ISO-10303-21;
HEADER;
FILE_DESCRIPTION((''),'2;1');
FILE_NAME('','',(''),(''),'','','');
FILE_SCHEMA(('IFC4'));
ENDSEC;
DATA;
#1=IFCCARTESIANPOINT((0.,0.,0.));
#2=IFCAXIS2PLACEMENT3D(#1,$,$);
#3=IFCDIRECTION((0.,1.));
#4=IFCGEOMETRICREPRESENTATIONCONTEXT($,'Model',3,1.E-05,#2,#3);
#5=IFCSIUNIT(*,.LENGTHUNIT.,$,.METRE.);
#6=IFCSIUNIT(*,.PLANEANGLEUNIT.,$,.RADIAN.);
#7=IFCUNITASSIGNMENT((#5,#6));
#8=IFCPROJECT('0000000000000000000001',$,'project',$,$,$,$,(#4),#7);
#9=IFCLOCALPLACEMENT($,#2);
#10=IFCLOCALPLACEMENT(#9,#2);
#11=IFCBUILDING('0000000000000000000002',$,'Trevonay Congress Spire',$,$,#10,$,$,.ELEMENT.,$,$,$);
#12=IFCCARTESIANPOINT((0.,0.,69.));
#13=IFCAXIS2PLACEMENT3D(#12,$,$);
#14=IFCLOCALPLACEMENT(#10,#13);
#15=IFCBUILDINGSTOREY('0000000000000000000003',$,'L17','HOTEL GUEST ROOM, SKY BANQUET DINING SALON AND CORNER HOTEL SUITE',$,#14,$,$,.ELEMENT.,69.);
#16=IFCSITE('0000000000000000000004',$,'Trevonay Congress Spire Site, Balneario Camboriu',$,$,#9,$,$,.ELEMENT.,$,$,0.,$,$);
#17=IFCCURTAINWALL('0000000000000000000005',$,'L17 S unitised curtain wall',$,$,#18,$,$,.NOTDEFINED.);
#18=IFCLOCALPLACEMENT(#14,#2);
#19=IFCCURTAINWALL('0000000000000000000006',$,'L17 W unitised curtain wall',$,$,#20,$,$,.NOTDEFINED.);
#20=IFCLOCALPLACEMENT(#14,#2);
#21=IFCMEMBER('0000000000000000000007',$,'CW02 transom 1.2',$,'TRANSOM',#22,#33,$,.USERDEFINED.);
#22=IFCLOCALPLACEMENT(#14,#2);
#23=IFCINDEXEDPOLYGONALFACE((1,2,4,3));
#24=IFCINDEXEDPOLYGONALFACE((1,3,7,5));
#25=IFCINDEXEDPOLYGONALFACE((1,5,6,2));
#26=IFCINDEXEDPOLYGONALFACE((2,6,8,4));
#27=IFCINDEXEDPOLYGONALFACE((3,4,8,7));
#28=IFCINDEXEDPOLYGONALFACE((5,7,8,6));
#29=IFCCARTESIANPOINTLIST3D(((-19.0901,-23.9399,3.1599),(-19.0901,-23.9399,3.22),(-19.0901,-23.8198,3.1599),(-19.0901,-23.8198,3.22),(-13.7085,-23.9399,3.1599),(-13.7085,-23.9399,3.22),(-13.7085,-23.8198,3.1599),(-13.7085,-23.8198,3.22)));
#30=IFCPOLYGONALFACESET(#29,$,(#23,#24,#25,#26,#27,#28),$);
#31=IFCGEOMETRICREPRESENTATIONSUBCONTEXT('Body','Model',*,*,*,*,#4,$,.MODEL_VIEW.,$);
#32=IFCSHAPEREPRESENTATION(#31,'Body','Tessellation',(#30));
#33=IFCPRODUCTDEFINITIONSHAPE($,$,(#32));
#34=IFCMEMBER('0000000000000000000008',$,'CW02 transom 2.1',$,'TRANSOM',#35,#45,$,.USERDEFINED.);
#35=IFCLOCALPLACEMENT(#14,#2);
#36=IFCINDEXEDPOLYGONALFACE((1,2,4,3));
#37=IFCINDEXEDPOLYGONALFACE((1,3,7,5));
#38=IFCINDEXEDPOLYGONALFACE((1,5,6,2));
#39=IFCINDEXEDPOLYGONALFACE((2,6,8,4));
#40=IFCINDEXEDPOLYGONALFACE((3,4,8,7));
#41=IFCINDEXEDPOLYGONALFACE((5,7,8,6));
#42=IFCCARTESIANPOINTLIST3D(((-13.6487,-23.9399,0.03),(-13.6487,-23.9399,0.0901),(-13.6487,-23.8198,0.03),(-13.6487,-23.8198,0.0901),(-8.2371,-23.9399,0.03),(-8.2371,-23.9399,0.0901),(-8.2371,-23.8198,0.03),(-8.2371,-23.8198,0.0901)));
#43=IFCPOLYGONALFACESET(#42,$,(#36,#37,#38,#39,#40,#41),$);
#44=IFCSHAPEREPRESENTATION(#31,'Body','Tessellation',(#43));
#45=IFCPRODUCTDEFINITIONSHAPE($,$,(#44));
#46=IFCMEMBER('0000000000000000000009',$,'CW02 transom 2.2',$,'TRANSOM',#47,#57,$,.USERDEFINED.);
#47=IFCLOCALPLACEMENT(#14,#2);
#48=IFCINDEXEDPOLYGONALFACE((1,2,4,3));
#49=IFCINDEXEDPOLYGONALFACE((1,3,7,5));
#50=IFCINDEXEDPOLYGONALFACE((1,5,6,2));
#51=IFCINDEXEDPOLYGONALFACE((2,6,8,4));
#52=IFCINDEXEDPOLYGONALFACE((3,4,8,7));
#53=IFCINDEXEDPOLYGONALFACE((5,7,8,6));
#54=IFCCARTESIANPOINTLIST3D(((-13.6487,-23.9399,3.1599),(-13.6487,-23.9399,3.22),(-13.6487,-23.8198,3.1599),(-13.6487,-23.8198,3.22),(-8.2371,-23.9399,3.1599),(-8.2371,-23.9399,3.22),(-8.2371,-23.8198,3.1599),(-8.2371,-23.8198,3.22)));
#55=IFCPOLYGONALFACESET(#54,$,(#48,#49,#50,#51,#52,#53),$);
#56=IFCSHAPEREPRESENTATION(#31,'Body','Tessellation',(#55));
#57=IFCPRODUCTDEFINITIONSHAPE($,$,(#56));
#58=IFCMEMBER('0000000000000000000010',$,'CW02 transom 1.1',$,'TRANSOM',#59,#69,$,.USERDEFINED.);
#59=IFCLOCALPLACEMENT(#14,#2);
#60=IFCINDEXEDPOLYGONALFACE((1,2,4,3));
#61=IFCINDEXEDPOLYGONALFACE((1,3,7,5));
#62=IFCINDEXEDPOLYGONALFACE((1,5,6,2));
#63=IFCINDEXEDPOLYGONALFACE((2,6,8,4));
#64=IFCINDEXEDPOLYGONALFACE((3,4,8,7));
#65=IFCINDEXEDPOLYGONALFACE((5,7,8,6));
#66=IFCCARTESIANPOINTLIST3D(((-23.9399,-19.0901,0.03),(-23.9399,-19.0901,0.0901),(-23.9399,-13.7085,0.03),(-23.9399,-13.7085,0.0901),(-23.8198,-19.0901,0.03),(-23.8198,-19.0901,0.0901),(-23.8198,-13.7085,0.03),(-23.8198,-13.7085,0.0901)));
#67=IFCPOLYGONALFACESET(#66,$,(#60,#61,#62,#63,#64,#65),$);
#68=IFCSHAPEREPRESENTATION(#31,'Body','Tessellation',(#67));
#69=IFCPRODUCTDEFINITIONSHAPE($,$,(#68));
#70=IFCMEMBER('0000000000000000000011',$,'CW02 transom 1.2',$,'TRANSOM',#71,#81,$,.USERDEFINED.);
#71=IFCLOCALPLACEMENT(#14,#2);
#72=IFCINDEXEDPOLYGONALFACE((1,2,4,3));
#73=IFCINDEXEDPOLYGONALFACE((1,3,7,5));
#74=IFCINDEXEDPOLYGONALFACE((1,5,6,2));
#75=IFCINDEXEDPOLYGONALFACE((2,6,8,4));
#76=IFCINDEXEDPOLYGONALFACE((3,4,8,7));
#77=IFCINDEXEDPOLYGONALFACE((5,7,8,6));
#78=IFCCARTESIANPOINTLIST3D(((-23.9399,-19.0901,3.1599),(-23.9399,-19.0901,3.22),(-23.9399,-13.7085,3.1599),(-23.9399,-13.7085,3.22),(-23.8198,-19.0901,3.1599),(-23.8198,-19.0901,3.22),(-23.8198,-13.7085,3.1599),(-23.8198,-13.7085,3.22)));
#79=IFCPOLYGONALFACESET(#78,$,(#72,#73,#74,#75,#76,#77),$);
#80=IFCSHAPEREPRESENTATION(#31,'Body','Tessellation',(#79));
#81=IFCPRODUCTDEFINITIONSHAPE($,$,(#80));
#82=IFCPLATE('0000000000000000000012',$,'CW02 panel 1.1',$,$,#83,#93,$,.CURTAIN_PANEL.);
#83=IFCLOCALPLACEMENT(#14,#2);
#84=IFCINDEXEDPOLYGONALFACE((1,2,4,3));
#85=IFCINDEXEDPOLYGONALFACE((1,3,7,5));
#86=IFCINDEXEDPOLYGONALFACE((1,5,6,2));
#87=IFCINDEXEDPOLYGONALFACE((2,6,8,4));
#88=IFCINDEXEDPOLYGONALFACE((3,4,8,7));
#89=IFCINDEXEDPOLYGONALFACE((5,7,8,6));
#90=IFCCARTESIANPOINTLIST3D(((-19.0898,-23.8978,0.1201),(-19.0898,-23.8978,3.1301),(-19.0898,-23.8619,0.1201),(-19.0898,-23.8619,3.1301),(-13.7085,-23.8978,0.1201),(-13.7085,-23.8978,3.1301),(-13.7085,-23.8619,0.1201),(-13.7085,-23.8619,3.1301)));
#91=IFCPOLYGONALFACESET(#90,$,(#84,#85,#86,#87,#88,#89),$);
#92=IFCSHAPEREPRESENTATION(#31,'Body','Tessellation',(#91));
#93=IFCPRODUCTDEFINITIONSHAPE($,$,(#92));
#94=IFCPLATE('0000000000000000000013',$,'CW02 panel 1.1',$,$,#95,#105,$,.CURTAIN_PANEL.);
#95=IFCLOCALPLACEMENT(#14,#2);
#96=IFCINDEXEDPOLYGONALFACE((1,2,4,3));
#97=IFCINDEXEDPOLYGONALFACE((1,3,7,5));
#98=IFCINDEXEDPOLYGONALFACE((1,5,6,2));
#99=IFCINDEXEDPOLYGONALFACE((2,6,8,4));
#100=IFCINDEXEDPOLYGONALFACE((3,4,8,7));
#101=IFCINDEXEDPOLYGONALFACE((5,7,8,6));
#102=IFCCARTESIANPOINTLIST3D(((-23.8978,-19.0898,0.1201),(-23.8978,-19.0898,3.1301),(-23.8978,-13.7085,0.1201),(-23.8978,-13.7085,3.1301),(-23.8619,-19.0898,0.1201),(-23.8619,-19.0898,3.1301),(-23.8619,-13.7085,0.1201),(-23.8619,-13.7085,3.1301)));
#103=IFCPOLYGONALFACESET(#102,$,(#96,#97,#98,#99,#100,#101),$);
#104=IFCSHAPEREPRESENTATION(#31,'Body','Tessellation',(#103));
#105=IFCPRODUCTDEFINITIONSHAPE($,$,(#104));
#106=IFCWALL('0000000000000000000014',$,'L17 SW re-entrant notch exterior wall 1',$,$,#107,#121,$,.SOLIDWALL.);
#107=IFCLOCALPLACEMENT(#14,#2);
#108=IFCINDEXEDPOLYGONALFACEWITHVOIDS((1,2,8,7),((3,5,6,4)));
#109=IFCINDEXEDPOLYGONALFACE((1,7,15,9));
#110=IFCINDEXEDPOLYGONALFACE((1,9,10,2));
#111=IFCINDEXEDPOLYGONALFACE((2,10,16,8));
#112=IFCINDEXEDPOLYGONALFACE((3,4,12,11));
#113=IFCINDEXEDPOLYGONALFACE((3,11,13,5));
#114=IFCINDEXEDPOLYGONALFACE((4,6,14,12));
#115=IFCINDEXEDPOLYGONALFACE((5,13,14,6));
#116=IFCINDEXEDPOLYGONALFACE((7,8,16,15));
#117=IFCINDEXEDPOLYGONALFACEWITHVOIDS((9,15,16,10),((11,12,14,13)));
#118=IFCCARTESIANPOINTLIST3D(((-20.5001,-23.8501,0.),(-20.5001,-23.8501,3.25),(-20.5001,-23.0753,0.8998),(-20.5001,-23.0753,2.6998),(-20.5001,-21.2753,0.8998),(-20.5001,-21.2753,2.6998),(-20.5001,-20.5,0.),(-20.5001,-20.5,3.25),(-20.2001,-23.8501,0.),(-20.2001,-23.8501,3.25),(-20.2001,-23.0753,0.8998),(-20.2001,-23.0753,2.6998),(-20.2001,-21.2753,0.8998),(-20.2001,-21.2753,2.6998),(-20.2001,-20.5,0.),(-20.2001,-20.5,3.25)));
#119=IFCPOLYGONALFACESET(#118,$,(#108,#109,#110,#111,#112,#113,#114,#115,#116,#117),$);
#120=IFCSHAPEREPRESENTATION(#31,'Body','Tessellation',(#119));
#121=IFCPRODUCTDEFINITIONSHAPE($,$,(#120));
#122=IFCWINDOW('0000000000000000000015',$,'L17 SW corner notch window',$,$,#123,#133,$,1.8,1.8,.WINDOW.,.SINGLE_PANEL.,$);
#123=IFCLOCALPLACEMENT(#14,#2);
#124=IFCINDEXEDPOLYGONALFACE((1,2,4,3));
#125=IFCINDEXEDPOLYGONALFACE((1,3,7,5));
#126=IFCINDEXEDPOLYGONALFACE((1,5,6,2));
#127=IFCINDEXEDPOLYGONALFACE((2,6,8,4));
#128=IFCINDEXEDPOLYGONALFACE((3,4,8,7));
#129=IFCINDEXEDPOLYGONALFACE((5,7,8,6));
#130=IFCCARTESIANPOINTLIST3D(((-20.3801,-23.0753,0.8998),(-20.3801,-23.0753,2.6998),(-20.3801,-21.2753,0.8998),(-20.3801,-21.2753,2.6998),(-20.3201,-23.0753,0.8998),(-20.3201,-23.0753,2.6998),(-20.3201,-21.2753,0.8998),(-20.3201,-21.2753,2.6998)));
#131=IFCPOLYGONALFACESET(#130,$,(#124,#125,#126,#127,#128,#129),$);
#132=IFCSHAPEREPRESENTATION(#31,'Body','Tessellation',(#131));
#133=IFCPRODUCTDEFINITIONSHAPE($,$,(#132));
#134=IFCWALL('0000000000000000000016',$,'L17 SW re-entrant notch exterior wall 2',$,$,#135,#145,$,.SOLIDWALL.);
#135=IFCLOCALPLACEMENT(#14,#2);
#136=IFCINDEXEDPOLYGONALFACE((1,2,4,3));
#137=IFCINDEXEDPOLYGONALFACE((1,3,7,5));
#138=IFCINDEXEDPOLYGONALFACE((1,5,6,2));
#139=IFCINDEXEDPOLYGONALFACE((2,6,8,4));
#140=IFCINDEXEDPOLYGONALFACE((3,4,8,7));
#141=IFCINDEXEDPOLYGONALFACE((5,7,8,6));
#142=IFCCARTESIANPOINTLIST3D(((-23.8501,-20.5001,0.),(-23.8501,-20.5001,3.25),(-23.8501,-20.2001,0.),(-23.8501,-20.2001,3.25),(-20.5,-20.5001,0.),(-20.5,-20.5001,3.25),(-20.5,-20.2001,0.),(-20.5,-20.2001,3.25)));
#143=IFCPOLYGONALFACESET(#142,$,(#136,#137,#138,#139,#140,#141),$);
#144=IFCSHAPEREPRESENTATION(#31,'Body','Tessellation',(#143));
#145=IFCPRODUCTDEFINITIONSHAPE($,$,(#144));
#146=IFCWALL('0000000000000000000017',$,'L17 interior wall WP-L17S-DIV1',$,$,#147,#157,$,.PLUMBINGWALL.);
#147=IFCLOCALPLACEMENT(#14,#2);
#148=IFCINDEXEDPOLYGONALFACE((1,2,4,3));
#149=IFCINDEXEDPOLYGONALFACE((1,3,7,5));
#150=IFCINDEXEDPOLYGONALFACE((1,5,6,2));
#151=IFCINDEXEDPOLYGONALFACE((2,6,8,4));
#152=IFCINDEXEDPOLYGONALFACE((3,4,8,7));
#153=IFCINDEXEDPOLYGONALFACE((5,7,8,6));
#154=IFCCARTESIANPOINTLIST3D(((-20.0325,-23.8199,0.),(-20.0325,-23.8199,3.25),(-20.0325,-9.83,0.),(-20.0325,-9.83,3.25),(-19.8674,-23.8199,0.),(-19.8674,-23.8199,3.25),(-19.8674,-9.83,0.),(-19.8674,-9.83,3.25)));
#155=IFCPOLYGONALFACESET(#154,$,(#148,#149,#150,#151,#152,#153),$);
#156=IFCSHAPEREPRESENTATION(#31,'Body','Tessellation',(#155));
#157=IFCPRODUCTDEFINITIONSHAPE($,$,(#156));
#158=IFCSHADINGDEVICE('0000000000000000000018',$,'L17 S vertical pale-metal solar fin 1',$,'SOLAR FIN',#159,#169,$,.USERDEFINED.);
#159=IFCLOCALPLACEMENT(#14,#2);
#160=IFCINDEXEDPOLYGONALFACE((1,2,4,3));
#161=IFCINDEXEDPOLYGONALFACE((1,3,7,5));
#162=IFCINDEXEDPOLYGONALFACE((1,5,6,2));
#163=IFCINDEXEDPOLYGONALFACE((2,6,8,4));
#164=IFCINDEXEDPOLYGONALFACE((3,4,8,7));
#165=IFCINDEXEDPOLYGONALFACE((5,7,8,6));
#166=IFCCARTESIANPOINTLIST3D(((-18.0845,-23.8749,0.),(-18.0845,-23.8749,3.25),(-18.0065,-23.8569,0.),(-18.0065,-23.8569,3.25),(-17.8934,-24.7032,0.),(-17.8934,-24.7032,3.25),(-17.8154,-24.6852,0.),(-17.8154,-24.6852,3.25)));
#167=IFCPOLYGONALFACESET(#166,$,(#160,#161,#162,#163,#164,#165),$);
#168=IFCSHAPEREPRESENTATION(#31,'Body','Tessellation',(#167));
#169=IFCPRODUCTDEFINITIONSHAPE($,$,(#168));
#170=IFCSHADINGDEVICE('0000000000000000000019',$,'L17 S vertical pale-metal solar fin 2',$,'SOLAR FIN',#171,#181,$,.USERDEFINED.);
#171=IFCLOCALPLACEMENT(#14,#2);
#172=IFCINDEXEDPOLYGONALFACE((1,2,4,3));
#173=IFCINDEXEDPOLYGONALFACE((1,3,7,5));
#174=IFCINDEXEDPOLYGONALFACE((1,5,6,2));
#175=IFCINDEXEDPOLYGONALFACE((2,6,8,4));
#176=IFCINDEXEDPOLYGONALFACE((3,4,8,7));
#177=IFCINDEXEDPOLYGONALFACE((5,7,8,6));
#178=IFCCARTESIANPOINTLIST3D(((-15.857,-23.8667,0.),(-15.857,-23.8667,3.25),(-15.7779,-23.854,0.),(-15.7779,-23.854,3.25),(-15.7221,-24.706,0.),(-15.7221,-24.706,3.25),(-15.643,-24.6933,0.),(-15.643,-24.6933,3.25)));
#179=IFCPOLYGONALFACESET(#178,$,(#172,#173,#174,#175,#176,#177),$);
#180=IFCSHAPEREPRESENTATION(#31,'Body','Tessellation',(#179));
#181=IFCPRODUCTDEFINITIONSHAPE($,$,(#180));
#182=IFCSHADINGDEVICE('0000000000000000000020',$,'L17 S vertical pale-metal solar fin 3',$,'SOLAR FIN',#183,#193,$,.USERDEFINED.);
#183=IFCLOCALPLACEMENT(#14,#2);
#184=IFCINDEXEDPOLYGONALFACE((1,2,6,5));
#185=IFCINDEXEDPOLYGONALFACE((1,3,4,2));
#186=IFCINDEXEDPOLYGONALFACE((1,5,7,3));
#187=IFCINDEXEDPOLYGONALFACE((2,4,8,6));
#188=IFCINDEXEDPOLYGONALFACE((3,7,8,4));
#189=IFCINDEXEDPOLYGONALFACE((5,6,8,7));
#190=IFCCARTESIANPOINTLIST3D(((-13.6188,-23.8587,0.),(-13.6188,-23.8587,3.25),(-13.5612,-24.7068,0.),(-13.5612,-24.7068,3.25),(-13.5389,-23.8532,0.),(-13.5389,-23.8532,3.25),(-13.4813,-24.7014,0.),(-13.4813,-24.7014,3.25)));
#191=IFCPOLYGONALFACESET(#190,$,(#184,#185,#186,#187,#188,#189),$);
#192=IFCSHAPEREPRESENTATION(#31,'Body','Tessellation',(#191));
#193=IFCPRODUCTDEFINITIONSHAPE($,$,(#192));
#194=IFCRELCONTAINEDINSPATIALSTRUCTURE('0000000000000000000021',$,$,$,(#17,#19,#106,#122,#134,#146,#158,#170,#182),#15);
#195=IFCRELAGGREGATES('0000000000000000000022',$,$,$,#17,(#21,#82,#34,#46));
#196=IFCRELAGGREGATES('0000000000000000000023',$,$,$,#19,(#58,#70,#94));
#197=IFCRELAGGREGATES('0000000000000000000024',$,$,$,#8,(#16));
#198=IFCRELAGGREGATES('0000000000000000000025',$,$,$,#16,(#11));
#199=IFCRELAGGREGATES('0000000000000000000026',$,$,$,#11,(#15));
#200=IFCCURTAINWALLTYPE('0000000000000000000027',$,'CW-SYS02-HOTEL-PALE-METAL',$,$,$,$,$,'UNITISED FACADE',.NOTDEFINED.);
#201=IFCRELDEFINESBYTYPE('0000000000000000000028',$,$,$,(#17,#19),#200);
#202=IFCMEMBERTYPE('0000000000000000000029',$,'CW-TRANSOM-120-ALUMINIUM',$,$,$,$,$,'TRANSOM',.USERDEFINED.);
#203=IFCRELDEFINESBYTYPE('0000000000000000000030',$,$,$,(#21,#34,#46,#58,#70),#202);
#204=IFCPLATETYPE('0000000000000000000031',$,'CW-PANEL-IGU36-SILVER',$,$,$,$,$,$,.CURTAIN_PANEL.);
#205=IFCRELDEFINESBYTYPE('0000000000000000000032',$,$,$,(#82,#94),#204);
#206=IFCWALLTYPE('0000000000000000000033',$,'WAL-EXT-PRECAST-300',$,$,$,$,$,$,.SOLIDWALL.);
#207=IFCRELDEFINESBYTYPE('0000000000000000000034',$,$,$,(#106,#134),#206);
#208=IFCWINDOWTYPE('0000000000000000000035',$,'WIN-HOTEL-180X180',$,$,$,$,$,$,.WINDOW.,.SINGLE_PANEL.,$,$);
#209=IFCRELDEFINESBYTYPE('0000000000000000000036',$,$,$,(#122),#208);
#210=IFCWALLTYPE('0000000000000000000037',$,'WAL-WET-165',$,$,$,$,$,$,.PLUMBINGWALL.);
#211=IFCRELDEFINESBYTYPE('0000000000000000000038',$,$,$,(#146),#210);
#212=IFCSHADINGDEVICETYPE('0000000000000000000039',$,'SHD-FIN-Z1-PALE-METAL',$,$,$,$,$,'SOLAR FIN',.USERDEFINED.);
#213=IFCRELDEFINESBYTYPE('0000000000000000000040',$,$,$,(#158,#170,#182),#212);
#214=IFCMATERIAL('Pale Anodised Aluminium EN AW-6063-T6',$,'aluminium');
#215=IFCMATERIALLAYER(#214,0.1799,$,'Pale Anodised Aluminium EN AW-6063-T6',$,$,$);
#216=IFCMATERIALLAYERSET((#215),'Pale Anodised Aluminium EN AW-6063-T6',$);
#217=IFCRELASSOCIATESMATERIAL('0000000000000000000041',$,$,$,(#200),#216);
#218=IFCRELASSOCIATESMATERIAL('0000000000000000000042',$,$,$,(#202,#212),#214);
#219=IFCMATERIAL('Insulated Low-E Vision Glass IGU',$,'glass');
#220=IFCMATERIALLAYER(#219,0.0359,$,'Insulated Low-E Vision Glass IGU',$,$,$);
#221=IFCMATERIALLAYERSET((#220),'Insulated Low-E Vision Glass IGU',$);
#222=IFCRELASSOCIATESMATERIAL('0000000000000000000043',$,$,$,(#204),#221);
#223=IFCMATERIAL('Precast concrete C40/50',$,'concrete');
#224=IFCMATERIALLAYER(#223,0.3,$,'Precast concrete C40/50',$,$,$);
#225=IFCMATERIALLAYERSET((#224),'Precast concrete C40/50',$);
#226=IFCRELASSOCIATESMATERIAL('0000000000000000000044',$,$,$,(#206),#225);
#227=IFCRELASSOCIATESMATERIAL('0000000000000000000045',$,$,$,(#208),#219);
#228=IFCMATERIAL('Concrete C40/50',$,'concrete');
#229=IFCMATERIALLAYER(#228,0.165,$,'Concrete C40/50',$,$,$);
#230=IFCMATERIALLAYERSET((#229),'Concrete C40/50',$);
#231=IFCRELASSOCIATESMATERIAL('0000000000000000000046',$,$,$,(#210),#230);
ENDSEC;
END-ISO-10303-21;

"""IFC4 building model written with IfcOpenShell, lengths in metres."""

from ifc_helpers import new_model, si_unit, direction, frame, frame_2d, origin, origin_2d, place, context, subcontext, project, spatial, rectangle, extrude, material, layer, layer_set, material_profile, profile_set, type_object, element, fill, aggregate, save


model = new_model("IFC4")

# Units and contexts
model_context = context("Model", 3, precision=1e-05, world=origin(), true_north=direction((0.0, 1.0)))
body_context = subcontext(model_context, "Body", "Model", "MODEL_VIEW")
ifc_project = project(units=[si_unit("LENGTHUNIT", "METRE"), si_unit("PLANEANGLEUNIT", "RADIAN")], contexts=[model_context])

# Site, building, storey
site_placement = place(None, origin())
site = spatial("IfcSite", under=ifc_project, at=site_placement, Name="Trevonay Congress Spire Site, Balneario Camboriu", CompositionType="ELEMENT", RefElevation=0.0)
building_placement = place(site_placement, origin())
building = spatial("IfcBuilding", under=site, at=building_placement, Name="Trevonay Congress Spire", CompositionType="ELEMENT")
storey_placement = place(building_placement, frame((0.0, 0.0, 69.0)))
storey = spatial("IfcBuildingStorey", under=building, at=storey_placement, Name="L17", Description="HOTEL GUEST ROOM, SKY BANQUET DINING SALON AND CORNER HOTEL SUITE", CompositionType="ELEMENT", Elevation=69.0)

# Curtain wall
ifc_material_1 = material(Name="Pale Anodised Aluminium EN AW-6063-T6", Category="aluminium")
ifc_layer_1 = layer(ifc_material_1, 0.1799, Name="Pale Anodised Aluminium EN AW-6063-T6")
ifc_layer_set_1 = layer_set([ifc_layer_1], Name="Pale Anodised Aluminium EN AW-6063-T6")
curtain_wall_type = type_object("IfcCurtainWallType", Name="CW-SYS02-HOTEL-PALE-METAL", ElementType="UNITISED FACADE", PredefinedType="NOTDEFINED", material=ifc_layer_set_1)
curtain_wall_1_placement = place(storey_placement, origin())
curtain_wall_1 = element("IfcCurtainWall", 1, at=curtain_wall_1_placement, inside=storey, type_object=curtain_wall_type, Name="L17 S unitised curtain wall", PredefinedType="NOTDEFINED")

# Curtain wall
curtain_wall_2_placement = place(storey_placement, origin())
curtain_wall_2 = element("IfcCurtainWall", 2, at=curtain_wall_2_placement, inside=storey, type_object=curtain_wall_type, Name="L17 W unitised curtain wall", PredefinedType="NOTDEFINED")

# Members
ifc_material_profile_1 = material_profile(ifc_material_1, rectangle(XDim=0.1201, YDim=0.0601, at=origin_2d()), Name="CW-TRANSOM-120-ALUMINIUM")
ifc_profile_set_1 = profile_set([ifc_material_profile_1], Name="Pale Anodised Aluminium EN AW-6063-T6")
member_type_1 = type_object("IfcMemberType", Name="CW-TRANSOM-120-ALUMINIUM", ElementType="TRANSOM", PredefinedType="USERDEFINED", material=ifc_profile_set_1)
member_1_placement = place(storey_placement, frame((-19.0901, -23.8799, 3.1899), z_axis=(1.0, 0.0, 0.0), x_axis=(0.0, 1.0, 0.0)))
member_1 = element("IfcMember", 3, at=member_1_placement, type_object=member_type_1, Name="CW02 transom 1.2", ObjectType="TRANSOM", PredefinedType="USERDEFINED", context=body_context, shape_type="SweptSolid", body=[
    extrude(rectangle(XDim=0.1201, YDim=0.0601, at=origin_2d()), origin(), (0.0, 0.0, 1.0), 5.3816),
])
member_2_placement = place(storey_placement, frame((-13.6487, -23.8799, 0.0601), z_axis=(1.0, 0.0, 0.0), x_axis=(0.0, 1.0, 0.0)))
member_2 = element("IfcMember", 4, at=member_2_placement, type_object=member_type_1, Name="CW02 transom 2.1", ObjectType="TRANSOM", PredefinedType="USERDEFINED", context=body_context, shape_type="SweptSolid", body=[
    extrude(rectangle(XDim=0.1201, YDim=0.0601, at=origin_2d()), origin(), (0.0, 0.0, 1.0), 5.4116),
])
member_3_placement = place(storey_placement, frame((-13.6487, -23.8799, 3.1899), z_axis=(1.0, 0.0, 0.0), x_axis=(0.0, 1.0, 0.0)))
member_3 = element("IfcMember", 5, at=member_3_placement, type_object=member_type_1, Name="CW02 transom 2.2", ObjectType="TRANSOM", PredefinedType="USERDEFINED", context=body_context, shape_type="SweptSolid", body=[
    extrude(rectangle(XDim=0.1201, YDim=0.0601, at=origin_2d()), origin(), (0.0, 0.0, 1.0), 5.4116),
])
member_4_placement = place(storey_placement, frame((-23.8799, -19.0901, 0.0601), z_axis=(0.0, 1.0, 0.0), x_axis=(-1.0, 0.0, 0.0)))
member_4 = element("IfcMember", 6, at=member_4_placement, type_object=member_type_1, Name="CW02 transom 1.1", ObjectType="TRANSOM", PredefinedType="USERDEFINED", context=body_context, shape_type="SweptSolid", body=[
    extrude(rectangle(XDim=0.1201, YDim=0.0601, at=origin_2d()), origin(), (0.0, 0.0, 1.0), 5.3816),
])
member_5_placement = place(storey_placement, frame((-23.8799, -19.0901, 3.1899), z_axis=(0.0, 1.0, 0.0), x_axis=(-1.0, 0.0, 0.0)))
member_5 = element("IfcMember", 7, at=member_5_placement, type_object=member_type_1, Name="CW02 transom 1.2", ObjectType="TRANSOM", PredefinedType="USERDEFINED", context=body_context, shape_type="SweptSolid", body=[
    extrude(rectangle(XDim=0.1201, YDim=0.0601, at=origin_2d()), origin(), (0.0, 0.0, 1.0), 5.3816),
])

# Plates
ifc_material_2 = material(Name="Insulated Low-E Vision Glass IGU", Category="glass")
ifc_layer_2 = layer(ifc_material_2, 0.0359, Name="Insulated Low-E Vision Glass IGU")
ifc_layer_set_2 = layer_set([ifc_layer_2], Name="Insulated Low-E Vision Glass IGU")
plate_type = type_object("IfcPlateType", Name="CW-PANEL-IGU36-SILVER", PredefinedType="CURTAIN_PANEL", material=ifc_layer_set_2)
plate_1_placement = place(storey_placement, frame((-16.3992, -23.8799, 0.1201), z_axis=(0.0, 0.0, 1.0), x_axis=(1.0, 0.0, 0.0)))
plate_1 = element("IfcPlate", 8, at=plate_1_placement, type_object=plate_type, Name="CW02 panel 1.1", PredefinedType="CURTAIN_PANEL", context=body_context, shape_type="SweptSolid", body=[
    extrude(rectangle(XDim=5.3813, YDim=0.0359, at=origin_2d()), origin(), (0.0, 0.0, 1.0), 3.01),
])
aggregate(curtain_wall_1, [member_1, plate_1, member_2, member_3])
plate_2_placement = place(storey_placement, frame((-23.8799, -16.3992, 0.1201), z_axis=(0.0, 0.0, 1.0), x_axis=(0.0, 1.0, 0.0)))
plate_2 = element("IfcPlate", 9, at=plate_2_placement, type_object=plate_type, Name="CW02 panel 1.1", PredefinedType="CURTAIN_PANEL", context=body_context, shape_type="SweptSolid", body=[
    extrude(rectangle(XDim=5.3813, YDim=0.0359, at=origin_2d()), origin(), (0.0, 0.0, 1.0), 3.01),
])
aggregate(curtain_wall_2, [member_4, member_5, plate_2])

# Wall, opening, window
ifc_material_3 = material(Name="Precast concrete C40/50", Category="concrete")
ifc_layer_3 = layer(ifc_material_3, 0.3, Name="Precast concrete C40/50")
ifc_layer_set_3 = layer_set([ifc_layer_3], Name="Precast concrete C40/50")
wall_type_1 = type_object("IfcWallType", Name="WAL-EXT-PRECAST-300", PredefinedType="SOLIDWALL", material=ifc_layer_set_3)
wall_1_placement = place(storey_placement, frame((-20.3501, -23.8501, 0.0), z_axis=(0.0, 0.0, 1.0), x_axis=(0.0, 1.0, 0.0)))
wall_1 = element("IfcWall", 10, at=wall_1_placement, inside=storey, type_object=wall_type_1, Name="L17 SW re-entrant notch exterior wall 1", PredefinedType="SOLIDWALL", context=body_context, shape_type="SweptSolid", body=[
    extrude(rectangle(XDim=3.3501, YDim=0.3, at=frame_2d((1.675, 0.0))), origin(), (0.0, 0.0, 1.0), 3.25),
])
opening_placement = place(wall_1_placement, frame((0.7749, 0.0, 0.8999)))
opening = element("IfcOpeningElement", 11, at=opening_placement, cuts=wall_1, PredefinedType="OPENING", context=body_context, shape_type="SweptSolid", body=[
    extrude(rectangle(XDim=1.8, YDim=1.8, at=frame_2d((0.8999, 0.8999))), frame((0.0, 0.1602, 0.0), z_axis=(0.0, -1.0, 0.0), x_axis=(1.0, 0.0, 0.0)), (0.0, 0.0, 1.0), 0.3201),
])
window_type = type_object("IfcWindowType", Name="WIN-HOTEL-180X180", PartitioningType="SINGLE_PANEL", PredefinedType="WINDOW", material=ifc_material_2)
window_placement = place(opening_placement, origin())
window = element("IfcWindow", 12, at=window_placement, inside=storey, type_object=window_type, Name="L17 SW corner notch window", OverallHeight=1.8, OverallWidth=1.8, PartitioningType="SINGLE_PANEL", PredefinedType="WINDOW", context=body_context, shape_type="SweptSolid", body=[
    extrude(rectangle(XDim=1.8, YDim=1.8, at=frame_2d((0.8999, 0.8999))), frame((0.0, 0.03, 0.0), z_axis=(0.0, -1.0, 0.0), x_axis=(1.0, 0.0, 0.0)), (0.0, 0.0, 1.0), 0.0601),
])
fill(opening, window)

# Walls
wall_2_placement = place(storey_placement, frame((-23.8501, -20.3501, 0.0), z_axis=(0.0, 0.0, 1.0), x_axis=(1.0, 0.0, 0.0)))
element("IfcWall", 13, at=wall_2_placement, inside=storey, type_object=wall_type_1, Name="L17 SW re-entrant notch exterior wall 2", PredefinedType="SOLIDWALL", context=body_context, shape_type="SweptSolid", body=[
    extrude(rectangle(XDim=3.3501, YDim=0.3, at=frame_2d((1.675, 0.0))), origin(), (0.0, 0.0, 1.0), 3.25),
])
ifc_material_4 = material(Name="Concrete C40/50", Category="concrete")
ifc_layer_4 = layer(ifc_material_4, 0.165, Name="Concrete C40/50")
ifc_layer_set_4 = layer_set([ifc_layer_4], Name="Concrete C40/50")
wall_type_2 = type_object("IfcWallType", Name="WAL-WET-165", PredefinedType="PLUMBINGWALL", material=ifc_layer_set_4)
wall_3_placement = place(storey_placement, frame((-19.95, -23.8201, 0.0), z_axis=(0.0, 0.0, 1.0), x_axis=(0.0, 1.0, 0.0)))
element("IfcWall", 14, at=wall_3_placement, inside=storey, type_object=wall_type_2, Name="L17 interior wall WP-L17S-DIV1", PredefinedType="PLUMBINGWALL", context=body_context, shape_type="SweptSolid", body=[
    extrude(rectangle(XDim=13.99, YDim=0.165, at=frame_2d((6.9951, 0.0))), origin(), (0.0, 0.0, 1.0), 3.25),
])

# Shading devices
shading_device_type = type_object("IfcShadingDeviceType", Name="SHD-FIN-Z1-PALE-METAL", ElementType="SOLAR FIN", PredefinedType="USERDEFINED", material=ifc_material_1)
for number, where, z_axis, x_axis, name in (
    (15, (-17.95, -24.28, 0.0), (0.0, 0.0, 1.0), (0.974409, 0.224781, 0.0), "L17 S vertical pale-metal solar fin 1"),
    (16, (-15.75, -24.28, 0.0), (0.0, 0.0, 1.0), (0.987331, 0.158675, 0.0), "L17 S vertical pale-metal solar fin 2"),
    (17, (-13.55, -24.28, 0.0), (0.0, 0.0, 1.0), (0.997708, 0.067667, 0.0), "L17 S vertical pale-metal solar fin 3"),
):
    element("IfcShadingDevice", number, at=place(storey_placement, frame(where, z_axis=z_axis, x_axis=x_axis)), inside=storey, type_object=shading_device_type, Name=name, ObjectType="SOLAR FIN", PredefinedType="USERDEFINED", context=body_context, shape_type="SweptSolid", body=[
        extrude(rectangle(XDim=0.0801, YDim=0.8501, at=origin_2d()), origin(), (0.0, 0.0, 1.0), 3.25),
    ])

save(model, "model.ifc")
